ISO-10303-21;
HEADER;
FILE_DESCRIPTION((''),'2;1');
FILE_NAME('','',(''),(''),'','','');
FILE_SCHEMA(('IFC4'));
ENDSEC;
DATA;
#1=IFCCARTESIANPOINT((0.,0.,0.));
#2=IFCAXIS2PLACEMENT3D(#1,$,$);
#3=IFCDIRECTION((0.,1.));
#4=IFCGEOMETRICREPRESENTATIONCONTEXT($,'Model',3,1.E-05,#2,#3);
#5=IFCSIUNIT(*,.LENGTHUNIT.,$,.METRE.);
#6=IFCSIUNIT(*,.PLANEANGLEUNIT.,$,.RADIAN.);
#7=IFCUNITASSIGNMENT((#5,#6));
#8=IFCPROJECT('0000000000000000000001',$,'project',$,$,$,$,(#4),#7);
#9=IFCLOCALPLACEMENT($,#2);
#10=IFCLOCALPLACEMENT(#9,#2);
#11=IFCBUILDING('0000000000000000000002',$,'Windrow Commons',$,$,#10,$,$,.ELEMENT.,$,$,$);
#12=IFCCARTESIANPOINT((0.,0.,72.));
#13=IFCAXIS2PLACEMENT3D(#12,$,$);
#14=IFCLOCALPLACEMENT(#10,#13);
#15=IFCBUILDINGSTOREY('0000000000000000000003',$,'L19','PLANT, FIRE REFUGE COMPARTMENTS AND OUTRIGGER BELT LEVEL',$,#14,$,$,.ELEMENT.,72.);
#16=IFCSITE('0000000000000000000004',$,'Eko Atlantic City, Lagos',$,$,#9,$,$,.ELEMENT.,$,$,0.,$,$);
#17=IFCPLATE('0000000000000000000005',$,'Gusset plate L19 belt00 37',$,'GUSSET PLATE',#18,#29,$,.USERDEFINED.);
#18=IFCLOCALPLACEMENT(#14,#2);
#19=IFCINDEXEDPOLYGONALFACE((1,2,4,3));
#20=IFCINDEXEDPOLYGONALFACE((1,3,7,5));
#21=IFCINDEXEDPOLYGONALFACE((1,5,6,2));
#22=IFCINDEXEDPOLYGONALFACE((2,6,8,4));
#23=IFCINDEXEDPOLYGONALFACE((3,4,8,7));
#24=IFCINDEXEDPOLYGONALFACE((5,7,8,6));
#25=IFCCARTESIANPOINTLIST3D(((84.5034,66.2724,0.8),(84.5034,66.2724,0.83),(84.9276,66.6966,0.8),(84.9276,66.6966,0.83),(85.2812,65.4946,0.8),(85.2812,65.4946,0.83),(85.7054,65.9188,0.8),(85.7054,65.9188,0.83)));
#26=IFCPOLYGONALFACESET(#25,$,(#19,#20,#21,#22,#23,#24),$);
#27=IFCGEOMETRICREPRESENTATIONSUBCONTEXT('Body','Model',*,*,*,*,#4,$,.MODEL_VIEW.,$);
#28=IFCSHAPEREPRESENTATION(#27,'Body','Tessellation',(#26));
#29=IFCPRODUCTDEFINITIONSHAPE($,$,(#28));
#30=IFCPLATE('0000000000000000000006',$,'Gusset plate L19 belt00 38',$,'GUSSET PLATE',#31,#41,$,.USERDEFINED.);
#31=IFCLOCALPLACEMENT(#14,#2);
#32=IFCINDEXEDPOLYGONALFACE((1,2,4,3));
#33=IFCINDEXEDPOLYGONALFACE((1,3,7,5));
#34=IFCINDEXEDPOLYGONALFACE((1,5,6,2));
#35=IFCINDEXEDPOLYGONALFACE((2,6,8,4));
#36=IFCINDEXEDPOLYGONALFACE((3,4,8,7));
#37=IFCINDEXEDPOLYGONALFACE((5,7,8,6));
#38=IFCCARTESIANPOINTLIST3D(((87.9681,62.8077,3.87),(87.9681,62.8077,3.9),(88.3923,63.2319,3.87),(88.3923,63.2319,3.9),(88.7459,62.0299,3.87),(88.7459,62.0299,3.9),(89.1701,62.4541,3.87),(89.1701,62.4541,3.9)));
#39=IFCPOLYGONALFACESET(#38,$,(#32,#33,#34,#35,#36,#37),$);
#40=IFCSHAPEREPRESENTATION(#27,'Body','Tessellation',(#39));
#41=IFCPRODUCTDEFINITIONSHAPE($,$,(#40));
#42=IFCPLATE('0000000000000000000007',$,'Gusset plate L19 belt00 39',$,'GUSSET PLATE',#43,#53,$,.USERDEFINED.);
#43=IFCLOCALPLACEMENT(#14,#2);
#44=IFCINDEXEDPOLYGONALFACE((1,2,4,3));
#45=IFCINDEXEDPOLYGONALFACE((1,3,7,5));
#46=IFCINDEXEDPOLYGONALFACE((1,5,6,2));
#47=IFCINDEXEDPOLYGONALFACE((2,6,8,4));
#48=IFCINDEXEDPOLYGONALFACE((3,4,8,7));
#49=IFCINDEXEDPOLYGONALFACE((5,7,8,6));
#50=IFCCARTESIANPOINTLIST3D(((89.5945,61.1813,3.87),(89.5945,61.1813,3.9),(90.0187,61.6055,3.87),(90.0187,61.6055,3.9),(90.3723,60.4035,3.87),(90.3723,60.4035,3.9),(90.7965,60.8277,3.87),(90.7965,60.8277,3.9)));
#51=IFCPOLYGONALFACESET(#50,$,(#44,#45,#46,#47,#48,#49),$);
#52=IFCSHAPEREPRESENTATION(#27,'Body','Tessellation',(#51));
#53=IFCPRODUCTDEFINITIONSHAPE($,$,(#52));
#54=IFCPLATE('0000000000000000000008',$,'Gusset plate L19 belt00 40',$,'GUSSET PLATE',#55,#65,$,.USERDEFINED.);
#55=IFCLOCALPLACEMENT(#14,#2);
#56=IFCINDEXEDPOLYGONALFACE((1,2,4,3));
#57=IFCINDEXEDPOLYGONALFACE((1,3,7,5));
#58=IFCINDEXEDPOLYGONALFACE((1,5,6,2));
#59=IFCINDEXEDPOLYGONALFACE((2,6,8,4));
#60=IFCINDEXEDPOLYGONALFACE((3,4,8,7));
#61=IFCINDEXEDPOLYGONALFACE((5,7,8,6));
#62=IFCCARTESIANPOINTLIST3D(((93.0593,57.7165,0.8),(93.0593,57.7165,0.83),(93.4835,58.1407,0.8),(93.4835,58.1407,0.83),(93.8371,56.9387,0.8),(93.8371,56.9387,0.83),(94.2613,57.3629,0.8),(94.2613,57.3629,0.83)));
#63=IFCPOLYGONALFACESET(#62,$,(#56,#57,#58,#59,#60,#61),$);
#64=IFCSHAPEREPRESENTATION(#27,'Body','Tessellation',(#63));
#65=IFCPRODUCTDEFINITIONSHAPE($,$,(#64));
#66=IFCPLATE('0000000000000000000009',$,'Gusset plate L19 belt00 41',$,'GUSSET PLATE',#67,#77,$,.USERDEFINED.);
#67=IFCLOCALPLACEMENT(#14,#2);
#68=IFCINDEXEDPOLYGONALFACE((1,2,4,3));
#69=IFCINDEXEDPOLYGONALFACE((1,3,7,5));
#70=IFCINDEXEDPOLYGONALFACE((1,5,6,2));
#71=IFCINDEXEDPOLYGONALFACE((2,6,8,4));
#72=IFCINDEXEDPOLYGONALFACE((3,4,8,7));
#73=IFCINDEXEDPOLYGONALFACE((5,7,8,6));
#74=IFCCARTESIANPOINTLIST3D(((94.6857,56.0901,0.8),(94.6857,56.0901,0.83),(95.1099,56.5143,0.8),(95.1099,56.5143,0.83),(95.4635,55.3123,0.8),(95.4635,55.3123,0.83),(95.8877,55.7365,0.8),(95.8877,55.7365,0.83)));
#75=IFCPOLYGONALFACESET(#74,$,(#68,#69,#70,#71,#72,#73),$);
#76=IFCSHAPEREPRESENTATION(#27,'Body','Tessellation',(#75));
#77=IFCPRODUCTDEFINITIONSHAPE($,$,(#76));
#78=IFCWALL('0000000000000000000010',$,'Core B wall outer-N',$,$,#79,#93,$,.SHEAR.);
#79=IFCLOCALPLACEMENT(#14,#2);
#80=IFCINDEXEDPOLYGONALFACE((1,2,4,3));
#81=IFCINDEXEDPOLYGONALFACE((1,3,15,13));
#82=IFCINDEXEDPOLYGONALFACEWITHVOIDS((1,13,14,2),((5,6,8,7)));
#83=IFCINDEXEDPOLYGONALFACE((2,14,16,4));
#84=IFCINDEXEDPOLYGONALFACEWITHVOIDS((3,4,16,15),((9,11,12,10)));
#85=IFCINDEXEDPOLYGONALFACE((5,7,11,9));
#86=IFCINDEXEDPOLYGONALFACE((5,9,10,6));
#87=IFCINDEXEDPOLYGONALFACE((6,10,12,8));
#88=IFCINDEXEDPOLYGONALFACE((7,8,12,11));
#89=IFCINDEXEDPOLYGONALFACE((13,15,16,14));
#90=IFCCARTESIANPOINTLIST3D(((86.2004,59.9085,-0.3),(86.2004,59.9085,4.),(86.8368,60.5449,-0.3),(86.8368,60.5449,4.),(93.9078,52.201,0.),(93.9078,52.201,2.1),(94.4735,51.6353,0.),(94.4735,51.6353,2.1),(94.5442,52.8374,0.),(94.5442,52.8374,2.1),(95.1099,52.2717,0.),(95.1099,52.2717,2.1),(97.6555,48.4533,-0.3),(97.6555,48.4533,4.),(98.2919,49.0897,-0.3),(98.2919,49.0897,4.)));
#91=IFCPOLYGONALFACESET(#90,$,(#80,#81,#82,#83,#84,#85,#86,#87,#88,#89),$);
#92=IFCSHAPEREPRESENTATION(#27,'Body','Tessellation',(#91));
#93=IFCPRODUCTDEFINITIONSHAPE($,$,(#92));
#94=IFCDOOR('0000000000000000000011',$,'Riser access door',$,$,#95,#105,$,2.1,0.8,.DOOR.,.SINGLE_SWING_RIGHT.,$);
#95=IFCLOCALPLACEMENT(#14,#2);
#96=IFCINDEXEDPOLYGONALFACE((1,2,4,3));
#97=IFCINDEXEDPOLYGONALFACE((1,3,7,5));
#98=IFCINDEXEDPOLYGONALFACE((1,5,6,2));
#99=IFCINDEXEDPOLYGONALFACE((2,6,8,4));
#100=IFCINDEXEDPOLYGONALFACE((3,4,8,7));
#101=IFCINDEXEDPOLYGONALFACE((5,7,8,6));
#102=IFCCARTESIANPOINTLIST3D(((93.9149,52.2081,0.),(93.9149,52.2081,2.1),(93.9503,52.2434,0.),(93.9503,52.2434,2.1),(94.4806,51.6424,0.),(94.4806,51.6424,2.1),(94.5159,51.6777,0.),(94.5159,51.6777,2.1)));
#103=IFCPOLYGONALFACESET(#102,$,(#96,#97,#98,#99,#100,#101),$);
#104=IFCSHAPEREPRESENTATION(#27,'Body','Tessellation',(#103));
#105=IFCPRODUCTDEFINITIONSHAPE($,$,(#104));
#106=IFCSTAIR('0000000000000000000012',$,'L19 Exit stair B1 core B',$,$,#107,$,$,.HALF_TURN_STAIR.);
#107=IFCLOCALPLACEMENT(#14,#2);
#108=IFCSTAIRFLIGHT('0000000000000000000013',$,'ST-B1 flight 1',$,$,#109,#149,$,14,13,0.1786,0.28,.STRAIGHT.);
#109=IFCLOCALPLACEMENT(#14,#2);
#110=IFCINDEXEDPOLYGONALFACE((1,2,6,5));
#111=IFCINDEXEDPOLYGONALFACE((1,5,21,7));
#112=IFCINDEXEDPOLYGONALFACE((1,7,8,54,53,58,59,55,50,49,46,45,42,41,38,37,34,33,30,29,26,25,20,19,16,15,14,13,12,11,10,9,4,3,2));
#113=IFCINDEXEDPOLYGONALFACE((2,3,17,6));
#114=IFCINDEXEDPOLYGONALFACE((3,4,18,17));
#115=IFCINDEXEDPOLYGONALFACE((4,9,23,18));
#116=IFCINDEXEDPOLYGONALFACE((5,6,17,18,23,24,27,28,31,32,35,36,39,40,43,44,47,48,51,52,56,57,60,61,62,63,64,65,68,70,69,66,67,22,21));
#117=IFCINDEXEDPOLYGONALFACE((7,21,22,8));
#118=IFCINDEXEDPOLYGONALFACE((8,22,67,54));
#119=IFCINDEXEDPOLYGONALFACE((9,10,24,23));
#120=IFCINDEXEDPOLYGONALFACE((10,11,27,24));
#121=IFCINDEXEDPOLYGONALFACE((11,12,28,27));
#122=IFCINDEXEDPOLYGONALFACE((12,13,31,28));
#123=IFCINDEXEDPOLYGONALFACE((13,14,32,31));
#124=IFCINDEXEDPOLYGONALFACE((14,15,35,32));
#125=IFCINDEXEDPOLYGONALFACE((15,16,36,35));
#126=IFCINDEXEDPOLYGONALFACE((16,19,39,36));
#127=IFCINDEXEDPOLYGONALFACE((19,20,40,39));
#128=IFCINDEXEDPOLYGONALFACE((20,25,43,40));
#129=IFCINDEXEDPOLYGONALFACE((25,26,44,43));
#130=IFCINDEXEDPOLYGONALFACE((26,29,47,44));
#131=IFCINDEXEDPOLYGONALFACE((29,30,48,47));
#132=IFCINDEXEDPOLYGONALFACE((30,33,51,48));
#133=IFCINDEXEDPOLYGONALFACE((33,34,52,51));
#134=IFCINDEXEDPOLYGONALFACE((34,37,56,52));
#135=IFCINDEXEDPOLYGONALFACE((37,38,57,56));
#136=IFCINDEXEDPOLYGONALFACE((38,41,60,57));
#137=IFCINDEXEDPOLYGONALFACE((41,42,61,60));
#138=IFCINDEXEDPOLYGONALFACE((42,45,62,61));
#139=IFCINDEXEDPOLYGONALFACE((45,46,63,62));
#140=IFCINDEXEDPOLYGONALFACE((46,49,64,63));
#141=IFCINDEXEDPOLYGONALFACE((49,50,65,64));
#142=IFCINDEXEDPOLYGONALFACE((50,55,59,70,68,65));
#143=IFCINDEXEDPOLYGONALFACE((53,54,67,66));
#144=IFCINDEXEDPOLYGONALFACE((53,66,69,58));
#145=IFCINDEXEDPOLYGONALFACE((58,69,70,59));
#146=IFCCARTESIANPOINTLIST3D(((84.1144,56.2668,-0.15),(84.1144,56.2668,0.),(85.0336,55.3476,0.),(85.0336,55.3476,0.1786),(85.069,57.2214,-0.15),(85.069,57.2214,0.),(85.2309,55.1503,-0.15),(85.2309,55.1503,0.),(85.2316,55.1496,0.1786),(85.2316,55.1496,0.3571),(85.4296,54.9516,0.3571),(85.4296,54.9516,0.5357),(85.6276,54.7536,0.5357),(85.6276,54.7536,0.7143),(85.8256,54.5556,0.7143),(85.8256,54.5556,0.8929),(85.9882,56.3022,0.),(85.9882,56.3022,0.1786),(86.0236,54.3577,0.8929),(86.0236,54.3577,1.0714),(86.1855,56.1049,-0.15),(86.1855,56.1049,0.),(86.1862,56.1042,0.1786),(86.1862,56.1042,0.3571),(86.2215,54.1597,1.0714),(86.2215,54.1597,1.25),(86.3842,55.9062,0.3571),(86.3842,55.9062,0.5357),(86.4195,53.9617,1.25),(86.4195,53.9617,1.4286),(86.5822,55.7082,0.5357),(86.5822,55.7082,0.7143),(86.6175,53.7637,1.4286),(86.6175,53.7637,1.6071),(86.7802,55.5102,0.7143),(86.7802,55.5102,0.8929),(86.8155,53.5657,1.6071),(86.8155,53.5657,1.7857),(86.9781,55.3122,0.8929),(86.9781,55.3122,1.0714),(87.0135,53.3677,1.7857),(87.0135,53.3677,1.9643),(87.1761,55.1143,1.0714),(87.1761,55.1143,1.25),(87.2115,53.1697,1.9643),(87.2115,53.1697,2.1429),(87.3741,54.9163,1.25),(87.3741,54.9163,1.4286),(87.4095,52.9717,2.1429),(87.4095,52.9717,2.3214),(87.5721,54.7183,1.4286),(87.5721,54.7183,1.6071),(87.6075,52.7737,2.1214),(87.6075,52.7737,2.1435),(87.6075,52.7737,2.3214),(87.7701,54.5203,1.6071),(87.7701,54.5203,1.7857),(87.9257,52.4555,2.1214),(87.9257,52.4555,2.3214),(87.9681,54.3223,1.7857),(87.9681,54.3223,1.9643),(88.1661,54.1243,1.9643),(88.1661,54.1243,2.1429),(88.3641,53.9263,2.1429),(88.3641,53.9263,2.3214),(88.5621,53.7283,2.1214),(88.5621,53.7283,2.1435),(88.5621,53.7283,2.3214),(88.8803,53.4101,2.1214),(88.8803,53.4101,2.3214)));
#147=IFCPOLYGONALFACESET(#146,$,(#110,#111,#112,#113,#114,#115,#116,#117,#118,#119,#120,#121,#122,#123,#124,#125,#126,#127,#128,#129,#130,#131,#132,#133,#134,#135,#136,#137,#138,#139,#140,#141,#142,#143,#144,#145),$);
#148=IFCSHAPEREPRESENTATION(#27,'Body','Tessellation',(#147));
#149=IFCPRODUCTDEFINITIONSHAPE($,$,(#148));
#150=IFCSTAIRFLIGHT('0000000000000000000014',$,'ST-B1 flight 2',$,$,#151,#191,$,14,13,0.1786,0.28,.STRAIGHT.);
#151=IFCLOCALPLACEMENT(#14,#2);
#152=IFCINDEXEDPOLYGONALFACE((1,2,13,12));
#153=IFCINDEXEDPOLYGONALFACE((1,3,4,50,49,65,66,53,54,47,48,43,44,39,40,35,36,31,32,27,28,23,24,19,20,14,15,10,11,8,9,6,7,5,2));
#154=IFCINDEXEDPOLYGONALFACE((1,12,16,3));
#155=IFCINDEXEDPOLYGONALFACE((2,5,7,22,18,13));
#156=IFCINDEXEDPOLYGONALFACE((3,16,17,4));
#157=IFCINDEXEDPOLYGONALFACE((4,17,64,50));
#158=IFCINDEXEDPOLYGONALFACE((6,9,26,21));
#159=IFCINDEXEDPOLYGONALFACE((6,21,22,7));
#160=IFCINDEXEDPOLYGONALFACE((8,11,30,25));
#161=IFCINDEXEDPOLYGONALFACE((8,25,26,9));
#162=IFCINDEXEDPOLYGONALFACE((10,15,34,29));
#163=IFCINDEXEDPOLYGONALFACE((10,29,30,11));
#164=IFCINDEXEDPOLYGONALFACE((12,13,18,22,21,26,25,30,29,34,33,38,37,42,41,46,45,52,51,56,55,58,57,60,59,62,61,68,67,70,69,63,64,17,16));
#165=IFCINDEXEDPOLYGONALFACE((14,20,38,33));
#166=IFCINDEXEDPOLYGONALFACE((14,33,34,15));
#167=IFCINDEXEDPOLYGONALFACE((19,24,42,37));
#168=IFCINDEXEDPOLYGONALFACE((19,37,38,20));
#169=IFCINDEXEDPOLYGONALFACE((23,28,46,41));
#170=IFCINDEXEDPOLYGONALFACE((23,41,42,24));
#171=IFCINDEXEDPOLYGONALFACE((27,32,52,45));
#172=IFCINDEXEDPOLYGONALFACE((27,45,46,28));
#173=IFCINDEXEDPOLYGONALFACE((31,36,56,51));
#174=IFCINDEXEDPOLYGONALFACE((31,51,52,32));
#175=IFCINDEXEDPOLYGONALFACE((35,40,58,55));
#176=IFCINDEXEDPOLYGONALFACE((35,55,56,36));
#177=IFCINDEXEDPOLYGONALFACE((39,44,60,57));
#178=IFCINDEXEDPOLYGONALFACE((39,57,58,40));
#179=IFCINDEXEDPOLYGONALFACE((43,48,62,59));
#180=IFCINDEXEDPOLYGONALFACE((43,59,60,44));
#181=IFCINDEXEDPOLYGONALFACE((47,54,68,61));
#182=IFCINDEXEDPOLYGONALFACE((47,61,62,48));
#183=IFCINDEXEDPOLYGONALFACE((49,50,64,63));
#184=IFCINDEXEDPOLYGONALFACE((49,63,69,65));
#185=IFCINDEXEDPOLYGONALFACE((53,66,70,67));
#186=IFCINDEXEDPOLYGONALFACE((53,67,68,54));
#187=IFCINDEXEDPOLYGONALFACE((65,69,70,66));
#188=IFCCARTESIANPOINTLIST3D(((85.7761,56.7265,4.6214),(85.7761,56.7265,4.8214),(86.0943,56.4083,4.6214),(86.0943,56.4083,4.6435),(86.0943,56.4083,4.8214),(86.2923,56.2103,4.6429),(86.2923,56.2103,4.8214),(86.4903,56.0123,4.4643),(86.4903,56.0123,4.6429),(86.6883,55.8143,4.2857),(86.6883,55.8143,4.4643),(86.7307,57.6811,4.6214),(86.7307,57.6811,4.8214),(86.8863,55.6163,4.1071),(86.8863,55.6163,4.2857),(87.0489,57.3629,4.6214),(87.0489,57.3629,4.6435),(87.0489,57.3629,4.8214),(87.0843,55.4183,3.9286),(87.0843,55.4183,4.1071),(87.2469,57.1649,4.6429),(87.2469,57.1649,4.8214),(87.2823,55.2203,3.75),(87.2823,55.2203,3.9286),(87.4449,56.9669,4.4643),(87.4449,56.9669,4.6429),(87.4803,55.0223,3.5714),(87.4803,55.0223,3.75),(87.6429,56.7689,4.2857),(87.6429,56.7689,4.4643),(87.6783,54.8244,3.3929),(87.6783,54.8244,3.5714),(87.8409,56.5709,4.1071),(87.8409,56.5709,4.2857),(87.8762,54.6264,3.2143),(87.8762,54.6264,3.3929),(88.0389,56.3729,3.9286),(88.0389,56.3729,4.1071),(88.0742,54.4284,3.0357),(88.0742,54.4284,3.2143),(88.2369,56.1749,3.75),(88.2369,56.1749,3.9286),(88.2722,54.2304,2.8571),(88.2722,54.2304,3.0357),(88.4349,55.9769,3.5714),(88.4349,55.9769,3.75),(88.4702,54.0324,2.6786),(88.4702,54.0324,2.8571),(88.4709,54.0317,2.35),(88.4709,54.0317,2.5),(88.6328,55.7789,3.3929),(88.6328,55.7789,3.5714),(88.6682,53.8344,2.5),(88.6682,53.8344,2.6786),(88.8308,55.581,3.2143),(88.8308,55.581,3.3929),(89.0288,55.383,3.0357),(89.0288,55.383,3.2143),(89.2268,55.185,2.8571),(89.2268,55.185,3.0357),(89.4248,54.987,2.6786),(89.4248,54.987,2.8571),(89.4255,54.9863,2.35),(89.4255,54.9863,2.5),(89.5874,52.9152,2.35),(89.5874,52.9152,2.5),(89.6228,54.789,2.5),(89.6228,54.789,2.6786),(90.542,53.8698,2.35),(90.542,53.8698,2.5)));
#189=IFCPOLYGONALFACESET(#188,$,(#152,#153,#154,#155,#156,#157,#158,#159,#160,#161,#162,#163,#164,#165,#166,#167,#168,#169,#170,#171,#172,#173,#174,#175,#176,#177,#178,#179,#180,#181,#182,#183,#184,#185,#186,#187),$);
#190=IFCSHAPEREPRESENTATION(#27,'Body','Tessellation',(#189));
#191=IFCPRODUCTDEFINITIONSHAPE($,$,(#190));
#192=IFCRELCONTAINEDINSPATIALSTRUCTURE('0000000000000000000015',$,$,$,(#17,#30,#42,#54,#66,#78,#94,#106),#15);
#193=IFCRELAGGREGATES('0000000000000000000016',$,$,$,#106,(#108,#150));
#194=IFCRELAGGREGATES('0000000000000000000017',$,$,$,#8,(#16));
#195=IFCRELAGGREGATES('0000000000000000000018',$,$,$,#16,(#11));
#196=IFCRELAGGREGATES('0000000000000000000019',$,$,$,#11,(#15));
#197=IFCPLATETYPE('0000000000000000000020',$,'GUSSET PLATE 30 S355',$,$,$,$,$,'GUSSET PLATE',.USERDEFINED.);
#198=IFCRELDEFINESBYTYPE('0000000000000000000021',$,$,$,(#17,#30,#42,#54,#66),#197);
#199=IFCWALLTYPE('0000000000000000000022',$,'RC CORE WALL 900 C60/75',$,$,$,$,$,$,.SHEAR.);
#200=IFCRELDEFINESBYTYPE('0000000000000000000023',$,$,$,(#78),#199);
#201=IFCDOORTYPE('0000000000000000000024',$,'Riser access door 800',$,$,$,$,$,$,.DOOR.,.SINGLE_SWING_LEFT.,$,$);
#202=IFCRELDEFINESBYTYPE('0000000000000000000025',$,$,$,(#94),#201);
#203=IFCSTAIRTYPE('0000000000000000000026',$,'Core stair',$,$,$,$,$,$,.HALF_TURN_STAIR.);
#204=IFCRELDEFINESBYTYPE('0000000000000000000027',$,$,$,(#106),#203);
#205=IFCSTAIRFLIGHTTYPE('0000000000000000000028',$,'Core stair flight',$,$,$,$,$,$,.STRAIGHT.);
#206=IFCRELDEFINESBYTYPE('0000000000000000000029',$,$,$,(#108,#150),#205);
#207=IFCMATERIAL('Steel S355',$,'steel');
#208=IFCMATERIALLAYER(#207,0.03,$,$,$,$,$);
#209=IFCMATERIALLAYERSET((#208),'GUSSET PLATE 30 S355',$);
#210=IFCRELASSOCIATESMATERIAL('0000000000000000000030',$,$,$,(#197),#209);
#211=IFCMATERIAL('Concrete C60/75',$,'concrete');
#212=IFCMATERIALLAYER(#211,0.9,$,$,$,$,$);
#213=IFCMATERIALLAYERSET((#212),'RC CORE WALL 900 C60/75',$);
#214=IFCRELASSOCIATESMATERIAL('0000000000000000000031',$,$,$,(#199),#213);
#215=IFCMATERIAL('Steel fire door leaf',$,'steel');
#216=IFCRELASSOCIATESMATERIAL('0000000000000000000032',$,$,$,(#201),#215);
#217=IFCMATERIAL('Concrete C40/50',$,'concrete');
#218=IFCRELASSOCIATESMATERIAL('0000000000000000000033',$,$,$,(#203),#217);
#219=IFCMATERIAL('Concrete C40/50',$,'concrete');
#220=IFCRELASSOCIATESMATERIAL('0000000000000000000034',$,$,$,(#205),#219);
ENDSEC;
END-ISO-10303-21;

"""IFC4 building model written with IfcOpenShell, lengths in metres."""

from ifc_helpers import new_model, si_unit, direction, frame, frame_2d, origin, origin_2d, place, context, subcontext, project, spatial, polyline, rectangle, outline, extrude, material, layer, layer_set, type_object, element, fill, aggregate, save


model = new_model("IFC4")

# Units and contexts
model_context = context("Model", 3, precision=1e-05, world=origin(), true_north=direction((0.0, 1.0)))
body_context = subcontext(model_context, "Body", "Model", "MODEL_VIEW")
ifc_project = project(units=[si_unit("LENGTHUNIT", "METRE"), si_unit("PLANEANGLEUNIT", "RADIAN")], contexts=[model_context])

# Site, building, storey
site_placement = place(None, origin())
site = spatial("IfcSite", under=ifc_project, at=site_placement, Name="Eko Atlantic City, Lagos", CompositionType="ELEMENT", RefElevation=0.0)
building_placement = place(site_placement, origin())
building = spatial("IfcBuilding", under=site, at=building_placement, Name="Windrow Commons", CompositionType="ELEMENT")
storey_placement = place(building_placement, frame((0.0, 0.0, 72.0)))
storey = spatial("IfcBuildingStorey", under=building, at=storey_placement, Name="L19", Description="PLANT, FIRE REFUGE COMPARTMENTS AND OUTRIGGER BELT LEVEL", CompositionType="ELEMENT", Elevation=72.0)

# Plates
ifc_material_1 = material(Name="Steel S355", Category="steel")
ifc_layer_1 = layer(ifc_material_1, 0.03)
ifc_layer_set_1 = layer_set([ifc_layer_1], Name="GUSSET PLATE 30 S355")
plate_type = type_object("IfcPlateType", Name="GUSSET PLATE 30 S355", ElementType="GUSSET PLATE", PredefinedType="USERDEFINED", material=ifc_layer_set_1)
for number, where, z_axis, x_axis, name in (
    (1, (85.1044, 66.0956, 0.8), (0.0, 0.0, 1.0), (0.707107, -0.707107, 0.0), "Gusset plate L19 belt00 37"),
    (2, (88.5691, 62.6309, 3.87), (0.0, 0.0, 1.0), (0.707107, -0.707107, 0.0), "Gusset plate L19 belt00 38"),
    (3, (90.1955, 61.0045, 3.87), (0.0, 0.0, 1.0), (0.707107, -0.707107, 0.0), "Gusset plate L19 belt00 39"),
    (4, (93.6603, 57.5397, 0.8), (0.0, 0.0, 1.0), (0.707107, -0.707107, 0.0), "Gusset plate L19 belt00 40"),
    (5, (95.2867, 55.9133, 0.8), (0.0, 0.0, 1.0), (0.707107, -0.707107, 0.0), "Gusset plate L19 belt00 41"),
):
    element("IfcPlate", number, at=place(storey_placement, frame(where, z_axis=z_axis, x_axis=x_axis)), inside=storey, type_object=plate_type, Name=name, ObjectType="GUSSET PLATE", PredefinedType="USERDEFINED", context=body_context, shape_type="SweptSolid", body=[
        extrude(rectangle(XDim=1.1, YDim=0.6, at=origin_2d()), origin(), (0.0, 0.0, 1.0), 0.03),
    ])

# Wall, opening, door
ifc_material_2 = material(Name="Concrete C60/75", Category="concrete")
ifc_layer_2 = layer(ifc_material_2, 0.9)
ifc_layer_set_2 = layer_set([ifc_layer_2], Name="RC CORE WALL 900 C60/75")
wall_type = type_object("IfcWallType", Name="RC CORE WALL 900 C60/75", PredefinedType="SHEAR", material=ifc_layer_set_2)
wall_placement = place(storey_placement, frame((86.5186, 60.2267, -0.3), z_axis=(0.0, 0.0, 1.0), x_axis=(0.707104, -0.70711, 0.0)))
wall = element("IfcWall", 6, at=wall_placement, inside=storey, type_object=wall_type, Name="Core B wall outer-N", PredefinedType="SHEAR", context=body_context, shape_type="SweptSolid", body=[
    extrude(rectangle(XDim=16.2, YDim=0.9, at=frame_2d((8.1, 0.0))), origin(), (0.0, 0.0, 1.0), 4.3),
])
opening_placement = place(wall_placement, frame((10.9, 0.0, 0.3)))
opening = element("IfcOpeningElement", 7, at=opening_placement, cuts=wall, PredefinedType="OPENING", context=body_context, shape_type="SweptSolid", body=[
    extrude(rectangle(XDim=0.8, YDim=2.1, at=frame_2d((0.4, 1.05))), frame((0.0, 0.46, 0.0), z_axis=(0.0, -1.0, 0.0), x_axis=(1.0, 0.0, 0.0)), (0.0, 0.0, 1.0), 0.92),
])
ifc_material_3 = material(Name="Steel fire door leaf", Category="steel")
door_type = type_object("IfcDoorType", Name="Riser access door 800", OperationType="SINGLE_SWING_LEFT", PredefinedType="DOOR", material=ifc_material_3)
door_placement = place(opening_placement, origin())
door = element("IfcDoor", 8, at=door_placement, inside=storey, type_object=door_type, Name="Riser access door", OperationType="SINGLE_SWING_RIGHT", OverallHeight=2.1, OverallWidth=0.8, PredefinedType="DOOR", context=body_context, shape_type="SweptSolid", body=[
    extrude(rectangle(XDim=0.8, YDim=2.1, at=frame_2d((0.4, 1.05))), frame((0.0, -0.39, 0.0), z_axis=(0.0, -1.0, 0.0), x_axis=(1.0, 0.0, 0.0)), (0.0, 0.0, 1.0), 0.05),
])
fill(opening, door)

# Stair, stair flights
ifc_material_4 = material(Name="Concrete C40/50", Category="concrete")
stair_type = type_object("IfcStairType", Name="Core stair", PredefinedType="HALF_TURN_STAIR", material=ifc_material_4)
stair_placement = place(storey_placement, origin())
stair = element("IfcStair", 9, at=stair_placement, inside=storey, type_object=stair_type, Name="L19 Exit stair B1 core B", PredefinedType="HALF_TURN_STAIR")
ifc_material_5 = material(Name="Concrete C40/50", Category="concrete")
stair_flight_type = type_object("IfcStairFlightType", Name="Core stair flight", PredefinedType="STRAIGHT", material=ifc_material_5)
stair_flight_1_placement = place(storey_placement, frame((85.5109, 55.8249, 0.0), z_axis=(0.0, 0.0, 1.0), x_axis=(0.707107, -0.707107, 0.0)))
stair_flight_1 = element("IfcStairFlight", 10, at=stair_flight_1_placement, type_object=stair_flight_type, Name="ST-B1 flight 1", NumberOfRisers=14, NumberOfTreads=13, PredefinedType="STRAIGHT", RiserHeight=0.1786, TreadLength=0.28, context=body_context, shape_type="SweptSolid", body=[
    extrude(outline(polyline([(-1.3, -0.15), (-1.3, 0.0), (0.0, 0.0), (0.0, 0.1786), (0.28, 0.1786), (0.28, 0.3571), (0.56, 0.3571), (0.56, 0.5357), (0.84, 0.5357), (0.84, 0.7143), (1.12, 0.7143), (1.12, 0.8929), (1.4, 0.8929), (1.4, 1.0714), (1.68, 1.0714), (1.68, 1.25), (1.96, 1.25), (1.96, 1.4286), (2.24, 1.4286), (2.24, 1.6071), (2.52, 1.6071), (2.52, 1.7857), (2.8, 1.7857), (2.8, 1.9643), (3.08, 1.9643), (3.08, 2.1429), (3.36, 2.1429), (3.36, 2.3214), (3.64, 2.3214), (4.09, 2.3214), (4.09, 2.1214), (3.64, 2.1214), (3.64, 2.1435), (0.279, 0.0), (0.279, -0.15), (-1.3, -0.15)])), frame((0.0, 0.675, 0.0), z_axis=(0.0, -1.0, 0.0), x_axis=(1.0, 0.0, 0.0)), (0.0, 0.0, 1.0), 1.35),
])
stair_flight_2_placement = place(storey_placement, frame((89.1455, 54.3117, 2.5), z_axis=(0.0, 0.0, 1.0), x_axis=(-0.707107, 0.707107, 0.0)))
stair_flight_2 = element("IfcStairFlight", 11, at=stair_flight_2_placement, type_object=stair_flight_type, Name="ST-B1 flight 2", NumberOfRisers=14, NumberOfTreads=13, PredefinedType="STRAIGHT", RiserHeight=0.1786, TreadLength=0.28, context=body_context, shape_type="SweptSolid", body=[
    extrude(outline(polyline([(-1.3, -0.15), (-1.3, 0.0), (0.0, 0.0), (0.0, 0.1786), (0.28, 0.1786), (0.28, 0.3571), (0.56, 0.3571), (0.56, 0.5357), (0.84, 0.5357), (0.84, 0.7143), (1.12, 0.7143), (1.12, 0.8929), (1.4, 0.8929), (1.4, 1.0714), (1.68, 1.0714), (1.68, 1.25), (1.96, 1.25), (1.96, 1.4286), (2.24, 1.4286), (2.24, 1.6071), (2.52, 1.6071), (2.52, 1.7857), (2.8, 1.7857), (2.8, 1.9643), (3.08, 1.9643), (3.08, 2.1429), (3.36, 2.1429), (3.36, 2.3214), (3.64, 2.3214), (4.09, 2.3214), (4.09, 2.1214), (3.64, 2.1214), (3.64, 2.1435), (0.279, 0.0), (0.279, -0.15), (-1.3, -0.15)])), frame((0.0, 0.675, 0.0), z_axis=(0.0, -1.0, 0.0), x_axis=(1.0, 0.0, 0.0)), (0.0, 0.0, 1.0), 1.35),
])
aggregate(stair, [stair_flight_1, stair_flight_2])

save(model, "model.ifc")
